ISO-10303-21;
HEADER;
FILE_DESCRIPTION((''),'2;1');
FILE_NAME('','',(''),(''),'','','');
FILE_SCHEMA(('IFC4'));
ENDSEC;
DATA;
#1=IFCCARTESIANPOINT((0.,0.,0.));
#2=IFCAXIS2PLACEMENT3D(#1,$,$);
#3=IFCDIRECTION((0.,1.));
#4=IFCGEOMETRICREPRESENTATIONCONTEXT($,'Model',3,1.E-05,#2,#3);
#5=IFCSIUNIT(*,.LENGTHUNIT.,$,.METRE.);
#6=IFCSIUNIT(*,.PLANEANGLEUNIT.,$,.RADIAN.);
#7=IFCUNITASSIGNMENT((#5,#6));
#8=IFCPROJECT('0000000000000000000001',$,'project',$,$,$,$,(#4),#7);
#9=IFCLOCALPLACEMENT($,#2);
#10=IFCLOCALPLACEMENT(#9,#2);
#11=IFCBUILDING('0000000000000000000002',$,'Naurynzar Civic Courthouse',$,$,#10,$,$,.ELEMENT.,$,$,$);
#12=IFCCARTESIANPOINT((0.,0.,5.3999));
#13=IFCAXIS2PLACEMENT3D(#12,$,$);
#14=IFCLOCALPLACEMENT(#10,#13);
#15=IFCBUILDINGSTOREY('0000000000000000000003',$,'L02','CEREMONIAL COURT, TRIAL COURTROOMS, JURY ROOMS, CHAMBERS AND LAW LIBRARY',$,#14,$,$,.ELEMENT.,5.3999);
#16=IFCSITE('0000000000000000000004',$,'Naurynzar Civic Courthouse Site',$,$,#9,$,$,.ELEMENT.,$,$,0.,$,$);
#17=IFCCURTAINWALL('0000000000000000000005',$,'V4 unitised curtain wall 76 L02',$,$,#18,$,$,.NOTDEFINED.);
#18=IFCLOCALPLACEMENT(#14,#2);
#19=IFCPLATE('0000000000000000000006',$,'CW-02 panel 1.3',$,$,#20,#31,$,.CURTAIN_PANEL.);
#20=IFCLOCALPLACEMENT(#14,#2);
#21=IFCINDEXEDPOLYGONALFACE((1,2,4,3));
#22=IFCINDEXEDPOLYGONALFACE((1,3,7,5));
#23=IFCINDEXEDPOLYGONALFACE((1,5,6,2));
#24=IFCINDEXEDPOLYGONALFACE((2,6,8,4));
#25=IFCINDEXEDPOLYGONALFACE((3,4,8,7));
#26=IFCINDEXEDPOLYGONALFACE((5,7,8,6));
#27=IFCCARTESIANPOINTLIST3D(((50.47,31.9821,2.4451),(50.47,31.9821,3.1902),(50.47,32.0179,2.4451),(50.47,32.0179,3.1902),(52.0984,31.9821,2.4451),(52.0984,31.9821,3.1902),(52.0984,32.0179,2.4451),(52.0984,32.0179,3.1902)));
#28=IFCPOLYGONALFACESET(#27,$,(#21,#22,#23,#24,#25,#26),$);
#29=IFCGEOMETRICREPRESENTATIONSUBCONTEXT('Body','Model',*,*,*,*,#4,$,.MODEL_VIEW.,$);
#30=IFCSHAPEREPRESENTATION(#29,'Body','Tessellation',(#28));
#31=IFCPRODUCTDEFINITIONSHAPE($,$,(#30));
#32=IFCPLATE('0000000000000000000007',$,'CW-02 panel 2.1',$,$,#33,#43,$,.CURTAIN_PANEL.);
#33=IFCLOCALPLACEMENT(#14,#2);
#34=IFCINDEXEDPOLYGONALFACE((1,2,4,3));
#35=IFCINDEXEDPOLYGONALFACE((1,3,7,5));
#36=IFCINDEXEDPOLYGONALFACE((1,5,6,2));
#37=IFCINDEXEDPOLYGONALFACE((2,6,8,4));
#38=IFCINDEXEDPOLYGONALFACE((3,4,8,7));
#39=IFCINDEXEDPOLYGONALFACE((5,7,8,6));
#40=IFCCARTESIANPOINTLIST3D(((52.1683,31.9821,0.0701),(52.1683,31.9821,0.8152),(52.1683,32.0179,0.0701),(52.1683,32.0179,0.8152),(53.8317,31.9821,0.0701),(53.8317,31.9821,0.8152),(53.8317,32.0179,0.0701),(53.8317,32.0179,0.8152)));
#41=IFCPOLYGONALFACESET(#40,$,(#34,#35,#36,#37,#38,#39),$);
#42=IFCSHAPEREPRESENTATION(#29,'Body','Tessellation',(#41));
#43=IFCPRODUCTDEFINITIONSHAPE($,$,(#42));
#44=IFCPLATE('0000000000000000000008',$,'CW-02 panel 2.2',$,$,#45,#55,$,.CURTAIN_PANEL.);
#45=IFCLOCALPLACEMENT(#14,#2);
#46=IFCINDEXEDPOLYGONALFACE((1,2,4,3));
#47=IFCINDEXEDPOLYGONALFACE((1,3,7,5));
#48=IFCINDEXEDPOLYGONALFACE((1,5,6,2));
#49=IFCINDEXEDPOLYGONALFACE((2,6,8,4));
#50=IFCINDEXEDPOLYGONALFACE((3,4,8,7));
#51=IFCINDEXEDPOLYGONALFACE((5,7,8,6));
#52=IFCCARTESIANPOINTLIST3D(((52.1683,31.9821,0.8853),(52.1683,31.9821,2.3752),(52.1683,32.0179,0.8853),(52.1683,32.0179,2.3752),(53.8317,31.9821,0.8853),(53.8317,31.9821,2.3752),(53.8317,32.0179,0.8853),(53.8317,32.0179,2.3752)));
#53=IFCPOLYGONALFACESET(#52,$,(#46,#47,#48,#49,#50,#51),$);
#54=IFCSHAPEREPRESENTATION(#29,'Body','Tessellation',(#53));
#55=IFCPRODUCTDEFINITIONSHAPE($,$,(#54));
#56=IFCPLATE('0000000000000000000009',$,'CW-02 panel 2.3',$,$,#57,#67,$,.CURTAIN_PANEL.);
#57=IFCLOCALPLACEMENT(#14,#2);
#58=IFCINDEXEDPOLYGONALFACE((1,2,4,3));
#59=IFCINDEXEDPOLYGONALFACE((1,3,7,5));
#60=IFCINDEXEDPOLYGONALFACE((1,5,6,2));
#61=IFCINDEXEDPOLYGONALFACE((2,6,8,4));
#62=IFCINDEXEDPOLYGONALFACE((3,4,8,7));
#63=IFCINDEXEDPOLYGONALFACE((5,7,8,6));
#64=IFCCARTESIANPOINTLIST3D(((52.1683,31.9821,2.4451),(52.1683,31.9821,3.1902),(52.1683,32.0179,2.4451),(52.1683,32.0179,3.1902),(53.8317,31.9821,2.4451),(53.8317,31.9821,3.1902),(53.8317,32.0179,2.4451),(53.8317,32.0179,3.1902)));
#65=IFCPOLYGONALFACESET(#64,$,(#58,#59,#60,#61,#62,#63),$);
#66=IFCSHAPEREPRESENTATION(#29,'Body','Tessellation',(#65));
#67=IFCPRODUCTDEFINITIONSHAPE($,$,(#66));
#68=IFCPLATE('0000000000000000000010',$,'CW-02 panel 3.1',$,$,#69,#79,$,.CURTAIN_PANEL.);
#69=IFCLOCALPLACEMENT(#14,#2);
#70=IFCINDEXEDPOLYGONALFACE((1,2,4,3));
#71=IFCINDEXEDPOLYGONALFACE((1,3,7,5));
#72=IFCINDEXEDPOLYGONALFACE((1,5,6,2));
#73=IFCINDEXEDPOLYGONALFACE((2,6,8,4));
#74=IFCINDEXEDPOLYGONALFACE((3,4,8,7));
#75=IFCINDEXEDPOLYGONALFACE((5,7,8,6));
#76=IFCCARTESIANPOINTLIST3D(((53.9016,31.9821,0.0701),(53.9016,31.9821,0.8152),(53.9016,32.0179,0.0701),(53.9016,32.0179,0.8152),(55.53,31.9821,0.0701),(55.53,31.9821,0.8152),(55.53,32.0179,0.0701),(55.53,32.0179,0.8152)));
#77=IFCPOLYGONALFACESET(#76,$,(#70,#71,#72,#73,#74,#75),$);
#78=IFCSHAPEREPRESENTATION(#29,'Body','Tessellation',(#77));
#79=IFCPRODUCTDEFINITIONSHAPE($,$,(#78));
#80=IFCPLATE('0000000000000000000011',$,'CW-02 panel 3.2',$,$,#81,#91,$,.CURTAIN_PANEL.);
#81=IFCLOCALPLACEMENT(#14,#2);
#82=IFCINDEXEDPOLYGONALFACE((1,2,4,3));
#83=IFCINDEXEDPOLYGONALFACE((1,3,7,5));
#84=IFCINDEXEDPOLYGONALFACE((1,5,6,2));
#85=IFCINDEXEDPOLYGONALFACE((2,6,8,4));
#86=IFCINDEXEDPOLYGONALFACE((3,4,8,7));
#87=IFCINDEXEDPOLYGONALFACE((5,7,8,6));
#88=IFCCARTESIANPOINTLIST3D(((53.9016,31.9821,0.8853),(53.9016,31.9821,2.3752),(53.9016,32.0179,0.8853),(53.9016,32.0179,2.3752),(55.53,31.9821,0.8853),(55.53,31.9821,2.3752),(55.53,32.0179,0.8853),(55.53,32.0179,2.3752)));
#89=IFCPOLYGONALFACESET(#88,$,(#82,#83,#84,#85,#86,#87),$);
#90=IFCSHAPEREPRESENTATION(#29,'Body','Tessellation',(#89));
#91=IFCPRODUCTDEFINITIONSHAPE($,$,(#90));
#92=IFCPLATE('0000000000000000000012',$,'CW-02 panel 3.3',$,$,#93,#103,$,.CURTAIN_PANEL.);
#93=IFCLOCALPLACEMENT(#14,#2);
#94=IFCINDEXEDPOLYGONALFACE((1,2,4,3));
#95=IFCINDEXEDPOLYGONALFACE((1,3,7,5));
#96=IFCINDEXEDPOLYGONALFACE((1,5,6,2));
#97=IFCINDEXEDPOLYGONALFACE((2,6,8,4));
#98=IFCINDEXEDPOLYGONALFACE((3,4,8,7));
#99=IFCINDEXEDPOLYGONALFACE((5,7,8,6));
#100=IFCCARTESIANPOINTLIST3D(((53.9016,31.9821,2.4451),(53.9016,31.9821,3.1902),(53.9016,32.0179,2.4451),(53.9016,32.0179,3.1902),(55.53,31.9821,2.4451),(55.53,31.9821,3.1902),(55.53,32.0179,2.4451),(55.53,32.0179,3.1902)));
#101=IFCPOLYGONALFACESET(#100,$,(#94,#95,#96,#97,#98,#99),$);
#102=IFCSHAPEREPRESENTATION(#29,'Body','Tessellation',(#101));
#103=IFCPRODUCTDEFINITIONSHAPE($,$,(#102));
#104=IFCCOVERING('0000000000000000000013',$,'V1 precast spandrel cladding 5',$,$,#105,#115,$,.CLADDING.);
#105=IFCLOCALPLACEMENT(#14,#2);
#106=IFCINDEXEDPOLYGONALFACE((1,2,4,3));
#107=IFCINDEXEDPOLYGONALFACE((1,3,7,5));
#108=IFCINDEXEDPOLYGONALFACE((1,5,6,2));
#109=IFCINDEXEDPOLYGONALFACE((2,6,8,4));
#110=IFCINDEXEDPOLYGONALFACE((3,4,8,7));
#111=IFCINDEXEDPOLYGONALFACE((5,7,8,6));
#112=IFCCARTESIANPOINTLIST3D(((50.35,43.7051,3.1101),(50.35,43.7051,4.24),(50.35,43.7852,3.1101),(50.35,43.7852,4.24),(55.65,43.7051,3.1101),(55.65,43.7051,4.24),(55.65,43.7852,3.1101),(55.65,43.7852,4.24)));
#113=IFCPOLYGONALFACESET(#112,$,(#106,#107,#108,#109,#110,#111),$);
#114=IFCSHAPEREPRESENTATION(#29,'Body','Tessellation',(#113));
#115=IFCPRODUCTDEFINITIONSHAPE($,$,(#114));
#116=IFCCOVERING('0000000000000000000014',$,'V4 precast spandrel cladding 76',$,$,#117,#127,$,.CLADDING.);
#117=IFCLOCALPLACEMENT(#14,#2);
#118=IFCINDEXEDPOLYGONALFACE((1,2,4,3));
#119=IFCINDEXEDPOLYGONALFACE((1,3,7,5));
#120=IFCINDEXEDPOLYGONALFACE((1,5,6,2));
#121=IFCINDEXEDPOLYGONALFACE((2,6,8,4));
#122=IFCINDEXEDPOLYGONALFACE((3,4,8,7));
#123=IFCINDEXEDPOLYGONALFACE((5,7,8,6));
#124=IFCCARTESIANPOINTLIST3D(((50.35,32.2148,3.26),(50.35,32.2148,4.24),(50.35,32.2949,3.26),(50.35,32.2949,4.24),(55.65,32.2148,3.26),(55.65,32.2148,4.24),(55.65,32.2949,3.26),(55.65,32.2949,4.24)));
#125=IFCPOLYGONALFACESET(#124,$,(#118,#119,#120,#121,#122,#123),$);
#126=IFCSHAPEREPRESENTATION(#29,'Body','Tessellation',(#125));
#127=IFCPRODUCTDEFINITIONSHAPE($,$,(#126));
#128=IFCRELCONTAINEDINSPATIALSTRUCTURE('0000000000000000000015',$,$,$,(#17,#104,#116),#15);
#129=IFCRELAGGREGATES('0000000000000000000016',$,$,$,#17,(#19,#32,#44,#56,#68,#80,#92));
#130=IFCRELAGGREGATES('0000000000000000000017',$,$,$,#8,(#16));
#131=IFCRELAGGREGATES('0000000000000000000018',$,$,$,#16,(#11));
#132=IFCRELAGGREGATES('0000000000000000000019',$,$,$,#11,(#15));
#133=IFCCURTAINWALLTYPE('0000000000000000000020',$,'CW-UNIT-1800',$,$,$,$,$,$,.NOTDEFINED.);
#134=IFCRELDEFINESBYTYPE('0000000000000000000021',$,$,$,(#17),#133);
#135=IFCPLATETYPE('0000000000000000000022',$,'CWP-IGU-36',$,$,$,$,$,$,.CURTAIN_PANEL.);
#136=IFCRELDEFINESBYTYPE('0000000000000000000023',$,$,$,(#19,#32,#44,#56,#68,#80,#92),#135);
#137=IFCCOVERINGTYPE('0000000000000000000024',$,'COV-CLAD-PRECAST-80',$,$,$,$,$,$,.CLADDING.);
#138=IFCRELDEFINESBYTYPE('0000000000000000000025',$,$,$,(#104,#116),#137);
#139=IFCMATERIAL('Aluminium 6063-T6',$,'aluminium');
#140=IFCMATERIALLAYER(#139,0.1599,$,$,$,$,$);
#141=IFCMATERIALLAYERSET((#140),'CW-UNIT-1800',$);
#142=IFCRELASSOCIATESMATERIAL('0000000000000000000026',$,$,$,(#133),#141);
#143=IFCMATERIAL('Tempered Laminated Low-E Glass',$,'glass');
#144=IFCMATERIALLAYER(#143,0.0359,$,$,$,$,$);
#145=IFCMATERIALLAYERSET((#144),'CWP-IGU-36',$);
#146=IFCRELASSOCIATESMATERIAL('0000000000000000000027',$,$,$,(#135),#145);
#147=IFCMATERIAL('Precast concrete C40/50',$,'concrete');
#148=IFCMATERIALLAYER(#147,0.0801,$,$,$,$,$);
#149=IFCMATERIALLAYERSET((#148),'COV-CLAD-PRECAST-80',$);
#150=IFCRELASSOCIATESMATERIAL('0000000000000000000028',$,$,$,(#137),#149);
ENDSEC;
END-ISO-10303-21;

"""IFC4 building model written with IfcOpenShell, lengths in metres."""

from ifc_helpers import new_model, si_unit, direction, frame, origin, origin_2d, place, context, subcontext, project, spatial, rectangle, extrude, material, layer, layer_set, type_object, element, aggregate, save


model = new_model("IFC4")

# Units and contexts
model_context = context("Model", 3, precision=1e-05, world=origin(), true_north=direction((0.0, 1.0)))
body_context = subcontext(model_context, "Body", "Model", "MODEL_VIEW")
ifc_project = project(units=[si_unit("LENGTHUNIT", "METRE"), si_unit("PLANEANGLEUNIT", "RADIAN")], contexts=[model_context])

# Site, building, storey
site_placement = place(None, origin())
site = spatial("IfcSite", under=ifc_project, at=site_placement, Name="Naurynzar Civic Courthouse Site", CompositionType="ELEMENT", RefElevation=0.0)
building_placement = place(site_placement, origin())
building = spatial("IfcBuilding", under=site, at=building_placement, Name="Naurynzar Civic Courthouse", CompositionType="ELEMENT")
storey_placement = place(building_placement, frame((0.0, 0.0, 5.3999)))
storey = spatial("IfcBuildingStorey", under=building, at=storey_placement, Name="L02", Description="CEREMONIAL COURT, TRIAL COURTROOMS, JURY ROOMS, CHAMBERS AND LAW LIBRARY", CompositionType="ELEMENT", Elevation=5.3999)

# Curtain wall
ifc_material_1 = material(Name="Aluminium 6063-T6", Category="aluminium")
ifc_layer_1 = layer(ifc_material_1, 0.1599)
ifc_layer_set_1 = layer_set([ifc_layer_1], Name="CW-UNIT-1800")
curtain_wall_type_1 = type_object("IfcCurtainWallType", Name="CW-UNIT-1800", PredefinedType="NOTDEFINED", material=ifc_layer_set_1)
curtain_wall_1_placement = place(storey_placement, origin())
curtain_wall_1 = element("IfcCurtainWall", 1, at=curtain_wall_1_placement, inside=storey, type_object=curtain_wall_type_1, Name="V4 unitised curtain wall 76 L02", PredefinedType="NOTDEFINED")

# Plates
ifc_material_2 = material(Name="Tempered Laminated Low-E Glass", Category="glass")
ifc_layer_2 = layer(ifc_material_2, 0.0359)
ifc_layer_set_2 = layer_set([ifc_layer_2], Name="CWP-IGU-36")
plate_type = type_object("IfcPlateType", Name="CWP-IGU-36", PredefinedType="CURTAIN_PANEL", material=ifc_layer_set_2)
plate_1_placement = place(storey_placement, frame((51.2842, 32.0, 2.4451), z_axis=(0.0, 0.0, 1.0), x_axis=(1.0, 0.0, 0.0)))
plate_1 = element("IfcPlate", 2, at=plate_1_placement, type_object=plate_type, Name="CW-02 panel 1.3", PredefinedType="CURTAIN_PANEL", context=body_context, shape_type="SweptSolid", body=[
    extrude(rectangle(XDim=1.6284, YDim=0.0359, at=origin_2d()), origin(), (0.0, 0.0, 1.0), 0.7451),
])
plate_2_placement = place(storey_placement, frame((53.0, 32.0, 0.0701), z_axis=(0.0, 0.0, 1.0), x_axis=(1.0, 0.0, 0.0)))
plate_2 = element("IfcPlate", 3, at=plate_2_placement, type_object=plate_type, Name="CW-02 panel 2.1", PredefinedType="CURTAIN_PANEL", context=body_context, shape_type="SweptSolid", body=[
    extrude(rectangle(XDim=1.6633, YDim=0.0359, at=origin_2d()), origin(), (0.0, 0.0, 1.0), 0.7451),
])
plate_3_placement = place(storey_placement, frame((53.0, 32.0, 0.8853), z_axis=(0.0, 0.0, 1.0), x_axis=(1.0, 0.0, 0.0)))
plate_3 = element("IfcPlate", 4, at=plate_3_placement, type_object=plate_type, Name="CW-02 panel 2.2", PredefinedType="CURTAIN_PANEL", context=body_context, shape_type="SweptSolid", body=[
    extrude(rectangle(XDim=1.6633, YDim=0.0359, at=origin_2d()), origin(), (0.0, 0.0, 1.0), 1.49),
])
plate_4_placement = place(storey_placement, frame((53.0, 32.0, 2.4451), z_axis=(0.0, 0.0, 1.0), x_axis=(1.0, 0.0, 0.0)))
plate_4 = element("IfcPlate", 5, at=plate_4_placement, type_object=plate_type, Name="CW-02 panel 2.3", PredefinedType="CURTAIN_PANEL", context=body_context, shape_type="SweptSolid", body=[
    extrude(rectangle(XDim=1.6633, YDim=0.0359, at=origin_2d()), origin(), (0.0, 0.0, 1.0), 0.7451),
])
plate_5_placement = place(storey_placement, frame((54.7158, 32.0, 0.0701), z_axis=(0.0, 0.0, 1.0), x_axis=(1.0, 0.0, 0.0)))
plate_5 = element("IfcPlate", 6, at=plate_5_placement, type_object=plate_type, Name="CW-02 panel 3.1", PredefinedType="CURTAIN_PANEL", context=body_context, shape_type="SweptSolid", body=[
    extrude(rectangle(XDim=1.6284, YDim=0.0359, at=origin_2d()), origin(), (0.0, 0.0, 1.0), 0.7451),
])
plate_6_placement = place(storey_placement, frame((54.7158, 32.0, 0.8853), z_axis=(0.0, 0.0, 1.0), x_axis=(1.0, 0.0, 0.0)))
plate_6 = element("IfcPlate", 7, at=plate_6_placement, type_object=plate_type, Name="CW-02 panel 3.2", PredefinedType="CURTAIN_PANEL", context=body_context, shape_type="SweptSolid", body=[
    extrude(rectangle(XDim=1.6284, YDim=0.0359, at=origin_2d()), origin(), (0.0, 0.0, 1.0), 1.49),
])
plate_7_placement = place(storey_placement, frame((54.7158, 32.0, 2.4451), z_axis=(0.0, 0.0, 1.0), x_axis=(1.0, 0.0, 0.0)))
plate_7 = element("IfcPlate", 8, at=plate_7_placement, type_object=plate_type, Name="CW-02 panel 3.3", PredefinedType="CURTAIN_PANEL", context=body_context, shape_type="SweptSolid", body=[
    extrude(rectangle(XDim=1.6284, YDim=0.0359, at=origin_2d()), origin(), (0.0, 0.0, 1.0), 0.7451),
])
aggregate(curtain_wall_1, [plate_1, plate_2, plate_3, plate_4, plate_5, plate_6, plate_7])

# Coverings
ifc_material_3 = material(Name="Precast concrete C40/50", Category="concrete")
ifc_layer_3 = layer(ifc_material_3, 0.0801)
ifc_layer_set_3 = layer_set([ifc_layer_3], Name="COV-CLAD-PRECAST-80")
covering_type = type_object("IfcCoveringType", Name="COV-CLAD-PRECAST-80", PredefinedType="CLADDING", material=ifc_layer_set_3)
covering_1_placement = place(storey_placement, frame((53.0, 43.7451, 3.1101), z_axis=(0.0, 0.0, 1.0), x_axis=(-1.0, 0.0, 0.0)))
element("IfcCovering", 9, at=covering_1_placement, inside=storey, type_object=covering_type, Name="V1 precast spandrel cladding 5", PredefinedType="CLADDING", context=body_context, shape_type="SweptSolid", body=[
    extrude(rectangle(XDim=5.3, YDim=0.0801, at=origin_2d()), origin(), (0.0, 0.0, 1.0), 1.1299),
])
covering_2_placement = place(storey_placement, frame((53.0, 32.2549, 3.26), z_axis=(0.0, 0.0, 1.0), x_axis=(1.0, 0.0, 0.0)))
element("IfcCovering", 10, at=covering_2_placement, inside=storey, type_object=covering_type, Name="V4 precast spandrel cladding 76", PredefinedType="CLADDING", context=body_context, shape_type="SweptSolid", body=[
    extrude(rectangle(XDim=5.3, YDim=0.0801, at=origin_2d()), origin(), (0.0, 0.0, 1.0), 0.98),
])

save(model, "model.ifc")
